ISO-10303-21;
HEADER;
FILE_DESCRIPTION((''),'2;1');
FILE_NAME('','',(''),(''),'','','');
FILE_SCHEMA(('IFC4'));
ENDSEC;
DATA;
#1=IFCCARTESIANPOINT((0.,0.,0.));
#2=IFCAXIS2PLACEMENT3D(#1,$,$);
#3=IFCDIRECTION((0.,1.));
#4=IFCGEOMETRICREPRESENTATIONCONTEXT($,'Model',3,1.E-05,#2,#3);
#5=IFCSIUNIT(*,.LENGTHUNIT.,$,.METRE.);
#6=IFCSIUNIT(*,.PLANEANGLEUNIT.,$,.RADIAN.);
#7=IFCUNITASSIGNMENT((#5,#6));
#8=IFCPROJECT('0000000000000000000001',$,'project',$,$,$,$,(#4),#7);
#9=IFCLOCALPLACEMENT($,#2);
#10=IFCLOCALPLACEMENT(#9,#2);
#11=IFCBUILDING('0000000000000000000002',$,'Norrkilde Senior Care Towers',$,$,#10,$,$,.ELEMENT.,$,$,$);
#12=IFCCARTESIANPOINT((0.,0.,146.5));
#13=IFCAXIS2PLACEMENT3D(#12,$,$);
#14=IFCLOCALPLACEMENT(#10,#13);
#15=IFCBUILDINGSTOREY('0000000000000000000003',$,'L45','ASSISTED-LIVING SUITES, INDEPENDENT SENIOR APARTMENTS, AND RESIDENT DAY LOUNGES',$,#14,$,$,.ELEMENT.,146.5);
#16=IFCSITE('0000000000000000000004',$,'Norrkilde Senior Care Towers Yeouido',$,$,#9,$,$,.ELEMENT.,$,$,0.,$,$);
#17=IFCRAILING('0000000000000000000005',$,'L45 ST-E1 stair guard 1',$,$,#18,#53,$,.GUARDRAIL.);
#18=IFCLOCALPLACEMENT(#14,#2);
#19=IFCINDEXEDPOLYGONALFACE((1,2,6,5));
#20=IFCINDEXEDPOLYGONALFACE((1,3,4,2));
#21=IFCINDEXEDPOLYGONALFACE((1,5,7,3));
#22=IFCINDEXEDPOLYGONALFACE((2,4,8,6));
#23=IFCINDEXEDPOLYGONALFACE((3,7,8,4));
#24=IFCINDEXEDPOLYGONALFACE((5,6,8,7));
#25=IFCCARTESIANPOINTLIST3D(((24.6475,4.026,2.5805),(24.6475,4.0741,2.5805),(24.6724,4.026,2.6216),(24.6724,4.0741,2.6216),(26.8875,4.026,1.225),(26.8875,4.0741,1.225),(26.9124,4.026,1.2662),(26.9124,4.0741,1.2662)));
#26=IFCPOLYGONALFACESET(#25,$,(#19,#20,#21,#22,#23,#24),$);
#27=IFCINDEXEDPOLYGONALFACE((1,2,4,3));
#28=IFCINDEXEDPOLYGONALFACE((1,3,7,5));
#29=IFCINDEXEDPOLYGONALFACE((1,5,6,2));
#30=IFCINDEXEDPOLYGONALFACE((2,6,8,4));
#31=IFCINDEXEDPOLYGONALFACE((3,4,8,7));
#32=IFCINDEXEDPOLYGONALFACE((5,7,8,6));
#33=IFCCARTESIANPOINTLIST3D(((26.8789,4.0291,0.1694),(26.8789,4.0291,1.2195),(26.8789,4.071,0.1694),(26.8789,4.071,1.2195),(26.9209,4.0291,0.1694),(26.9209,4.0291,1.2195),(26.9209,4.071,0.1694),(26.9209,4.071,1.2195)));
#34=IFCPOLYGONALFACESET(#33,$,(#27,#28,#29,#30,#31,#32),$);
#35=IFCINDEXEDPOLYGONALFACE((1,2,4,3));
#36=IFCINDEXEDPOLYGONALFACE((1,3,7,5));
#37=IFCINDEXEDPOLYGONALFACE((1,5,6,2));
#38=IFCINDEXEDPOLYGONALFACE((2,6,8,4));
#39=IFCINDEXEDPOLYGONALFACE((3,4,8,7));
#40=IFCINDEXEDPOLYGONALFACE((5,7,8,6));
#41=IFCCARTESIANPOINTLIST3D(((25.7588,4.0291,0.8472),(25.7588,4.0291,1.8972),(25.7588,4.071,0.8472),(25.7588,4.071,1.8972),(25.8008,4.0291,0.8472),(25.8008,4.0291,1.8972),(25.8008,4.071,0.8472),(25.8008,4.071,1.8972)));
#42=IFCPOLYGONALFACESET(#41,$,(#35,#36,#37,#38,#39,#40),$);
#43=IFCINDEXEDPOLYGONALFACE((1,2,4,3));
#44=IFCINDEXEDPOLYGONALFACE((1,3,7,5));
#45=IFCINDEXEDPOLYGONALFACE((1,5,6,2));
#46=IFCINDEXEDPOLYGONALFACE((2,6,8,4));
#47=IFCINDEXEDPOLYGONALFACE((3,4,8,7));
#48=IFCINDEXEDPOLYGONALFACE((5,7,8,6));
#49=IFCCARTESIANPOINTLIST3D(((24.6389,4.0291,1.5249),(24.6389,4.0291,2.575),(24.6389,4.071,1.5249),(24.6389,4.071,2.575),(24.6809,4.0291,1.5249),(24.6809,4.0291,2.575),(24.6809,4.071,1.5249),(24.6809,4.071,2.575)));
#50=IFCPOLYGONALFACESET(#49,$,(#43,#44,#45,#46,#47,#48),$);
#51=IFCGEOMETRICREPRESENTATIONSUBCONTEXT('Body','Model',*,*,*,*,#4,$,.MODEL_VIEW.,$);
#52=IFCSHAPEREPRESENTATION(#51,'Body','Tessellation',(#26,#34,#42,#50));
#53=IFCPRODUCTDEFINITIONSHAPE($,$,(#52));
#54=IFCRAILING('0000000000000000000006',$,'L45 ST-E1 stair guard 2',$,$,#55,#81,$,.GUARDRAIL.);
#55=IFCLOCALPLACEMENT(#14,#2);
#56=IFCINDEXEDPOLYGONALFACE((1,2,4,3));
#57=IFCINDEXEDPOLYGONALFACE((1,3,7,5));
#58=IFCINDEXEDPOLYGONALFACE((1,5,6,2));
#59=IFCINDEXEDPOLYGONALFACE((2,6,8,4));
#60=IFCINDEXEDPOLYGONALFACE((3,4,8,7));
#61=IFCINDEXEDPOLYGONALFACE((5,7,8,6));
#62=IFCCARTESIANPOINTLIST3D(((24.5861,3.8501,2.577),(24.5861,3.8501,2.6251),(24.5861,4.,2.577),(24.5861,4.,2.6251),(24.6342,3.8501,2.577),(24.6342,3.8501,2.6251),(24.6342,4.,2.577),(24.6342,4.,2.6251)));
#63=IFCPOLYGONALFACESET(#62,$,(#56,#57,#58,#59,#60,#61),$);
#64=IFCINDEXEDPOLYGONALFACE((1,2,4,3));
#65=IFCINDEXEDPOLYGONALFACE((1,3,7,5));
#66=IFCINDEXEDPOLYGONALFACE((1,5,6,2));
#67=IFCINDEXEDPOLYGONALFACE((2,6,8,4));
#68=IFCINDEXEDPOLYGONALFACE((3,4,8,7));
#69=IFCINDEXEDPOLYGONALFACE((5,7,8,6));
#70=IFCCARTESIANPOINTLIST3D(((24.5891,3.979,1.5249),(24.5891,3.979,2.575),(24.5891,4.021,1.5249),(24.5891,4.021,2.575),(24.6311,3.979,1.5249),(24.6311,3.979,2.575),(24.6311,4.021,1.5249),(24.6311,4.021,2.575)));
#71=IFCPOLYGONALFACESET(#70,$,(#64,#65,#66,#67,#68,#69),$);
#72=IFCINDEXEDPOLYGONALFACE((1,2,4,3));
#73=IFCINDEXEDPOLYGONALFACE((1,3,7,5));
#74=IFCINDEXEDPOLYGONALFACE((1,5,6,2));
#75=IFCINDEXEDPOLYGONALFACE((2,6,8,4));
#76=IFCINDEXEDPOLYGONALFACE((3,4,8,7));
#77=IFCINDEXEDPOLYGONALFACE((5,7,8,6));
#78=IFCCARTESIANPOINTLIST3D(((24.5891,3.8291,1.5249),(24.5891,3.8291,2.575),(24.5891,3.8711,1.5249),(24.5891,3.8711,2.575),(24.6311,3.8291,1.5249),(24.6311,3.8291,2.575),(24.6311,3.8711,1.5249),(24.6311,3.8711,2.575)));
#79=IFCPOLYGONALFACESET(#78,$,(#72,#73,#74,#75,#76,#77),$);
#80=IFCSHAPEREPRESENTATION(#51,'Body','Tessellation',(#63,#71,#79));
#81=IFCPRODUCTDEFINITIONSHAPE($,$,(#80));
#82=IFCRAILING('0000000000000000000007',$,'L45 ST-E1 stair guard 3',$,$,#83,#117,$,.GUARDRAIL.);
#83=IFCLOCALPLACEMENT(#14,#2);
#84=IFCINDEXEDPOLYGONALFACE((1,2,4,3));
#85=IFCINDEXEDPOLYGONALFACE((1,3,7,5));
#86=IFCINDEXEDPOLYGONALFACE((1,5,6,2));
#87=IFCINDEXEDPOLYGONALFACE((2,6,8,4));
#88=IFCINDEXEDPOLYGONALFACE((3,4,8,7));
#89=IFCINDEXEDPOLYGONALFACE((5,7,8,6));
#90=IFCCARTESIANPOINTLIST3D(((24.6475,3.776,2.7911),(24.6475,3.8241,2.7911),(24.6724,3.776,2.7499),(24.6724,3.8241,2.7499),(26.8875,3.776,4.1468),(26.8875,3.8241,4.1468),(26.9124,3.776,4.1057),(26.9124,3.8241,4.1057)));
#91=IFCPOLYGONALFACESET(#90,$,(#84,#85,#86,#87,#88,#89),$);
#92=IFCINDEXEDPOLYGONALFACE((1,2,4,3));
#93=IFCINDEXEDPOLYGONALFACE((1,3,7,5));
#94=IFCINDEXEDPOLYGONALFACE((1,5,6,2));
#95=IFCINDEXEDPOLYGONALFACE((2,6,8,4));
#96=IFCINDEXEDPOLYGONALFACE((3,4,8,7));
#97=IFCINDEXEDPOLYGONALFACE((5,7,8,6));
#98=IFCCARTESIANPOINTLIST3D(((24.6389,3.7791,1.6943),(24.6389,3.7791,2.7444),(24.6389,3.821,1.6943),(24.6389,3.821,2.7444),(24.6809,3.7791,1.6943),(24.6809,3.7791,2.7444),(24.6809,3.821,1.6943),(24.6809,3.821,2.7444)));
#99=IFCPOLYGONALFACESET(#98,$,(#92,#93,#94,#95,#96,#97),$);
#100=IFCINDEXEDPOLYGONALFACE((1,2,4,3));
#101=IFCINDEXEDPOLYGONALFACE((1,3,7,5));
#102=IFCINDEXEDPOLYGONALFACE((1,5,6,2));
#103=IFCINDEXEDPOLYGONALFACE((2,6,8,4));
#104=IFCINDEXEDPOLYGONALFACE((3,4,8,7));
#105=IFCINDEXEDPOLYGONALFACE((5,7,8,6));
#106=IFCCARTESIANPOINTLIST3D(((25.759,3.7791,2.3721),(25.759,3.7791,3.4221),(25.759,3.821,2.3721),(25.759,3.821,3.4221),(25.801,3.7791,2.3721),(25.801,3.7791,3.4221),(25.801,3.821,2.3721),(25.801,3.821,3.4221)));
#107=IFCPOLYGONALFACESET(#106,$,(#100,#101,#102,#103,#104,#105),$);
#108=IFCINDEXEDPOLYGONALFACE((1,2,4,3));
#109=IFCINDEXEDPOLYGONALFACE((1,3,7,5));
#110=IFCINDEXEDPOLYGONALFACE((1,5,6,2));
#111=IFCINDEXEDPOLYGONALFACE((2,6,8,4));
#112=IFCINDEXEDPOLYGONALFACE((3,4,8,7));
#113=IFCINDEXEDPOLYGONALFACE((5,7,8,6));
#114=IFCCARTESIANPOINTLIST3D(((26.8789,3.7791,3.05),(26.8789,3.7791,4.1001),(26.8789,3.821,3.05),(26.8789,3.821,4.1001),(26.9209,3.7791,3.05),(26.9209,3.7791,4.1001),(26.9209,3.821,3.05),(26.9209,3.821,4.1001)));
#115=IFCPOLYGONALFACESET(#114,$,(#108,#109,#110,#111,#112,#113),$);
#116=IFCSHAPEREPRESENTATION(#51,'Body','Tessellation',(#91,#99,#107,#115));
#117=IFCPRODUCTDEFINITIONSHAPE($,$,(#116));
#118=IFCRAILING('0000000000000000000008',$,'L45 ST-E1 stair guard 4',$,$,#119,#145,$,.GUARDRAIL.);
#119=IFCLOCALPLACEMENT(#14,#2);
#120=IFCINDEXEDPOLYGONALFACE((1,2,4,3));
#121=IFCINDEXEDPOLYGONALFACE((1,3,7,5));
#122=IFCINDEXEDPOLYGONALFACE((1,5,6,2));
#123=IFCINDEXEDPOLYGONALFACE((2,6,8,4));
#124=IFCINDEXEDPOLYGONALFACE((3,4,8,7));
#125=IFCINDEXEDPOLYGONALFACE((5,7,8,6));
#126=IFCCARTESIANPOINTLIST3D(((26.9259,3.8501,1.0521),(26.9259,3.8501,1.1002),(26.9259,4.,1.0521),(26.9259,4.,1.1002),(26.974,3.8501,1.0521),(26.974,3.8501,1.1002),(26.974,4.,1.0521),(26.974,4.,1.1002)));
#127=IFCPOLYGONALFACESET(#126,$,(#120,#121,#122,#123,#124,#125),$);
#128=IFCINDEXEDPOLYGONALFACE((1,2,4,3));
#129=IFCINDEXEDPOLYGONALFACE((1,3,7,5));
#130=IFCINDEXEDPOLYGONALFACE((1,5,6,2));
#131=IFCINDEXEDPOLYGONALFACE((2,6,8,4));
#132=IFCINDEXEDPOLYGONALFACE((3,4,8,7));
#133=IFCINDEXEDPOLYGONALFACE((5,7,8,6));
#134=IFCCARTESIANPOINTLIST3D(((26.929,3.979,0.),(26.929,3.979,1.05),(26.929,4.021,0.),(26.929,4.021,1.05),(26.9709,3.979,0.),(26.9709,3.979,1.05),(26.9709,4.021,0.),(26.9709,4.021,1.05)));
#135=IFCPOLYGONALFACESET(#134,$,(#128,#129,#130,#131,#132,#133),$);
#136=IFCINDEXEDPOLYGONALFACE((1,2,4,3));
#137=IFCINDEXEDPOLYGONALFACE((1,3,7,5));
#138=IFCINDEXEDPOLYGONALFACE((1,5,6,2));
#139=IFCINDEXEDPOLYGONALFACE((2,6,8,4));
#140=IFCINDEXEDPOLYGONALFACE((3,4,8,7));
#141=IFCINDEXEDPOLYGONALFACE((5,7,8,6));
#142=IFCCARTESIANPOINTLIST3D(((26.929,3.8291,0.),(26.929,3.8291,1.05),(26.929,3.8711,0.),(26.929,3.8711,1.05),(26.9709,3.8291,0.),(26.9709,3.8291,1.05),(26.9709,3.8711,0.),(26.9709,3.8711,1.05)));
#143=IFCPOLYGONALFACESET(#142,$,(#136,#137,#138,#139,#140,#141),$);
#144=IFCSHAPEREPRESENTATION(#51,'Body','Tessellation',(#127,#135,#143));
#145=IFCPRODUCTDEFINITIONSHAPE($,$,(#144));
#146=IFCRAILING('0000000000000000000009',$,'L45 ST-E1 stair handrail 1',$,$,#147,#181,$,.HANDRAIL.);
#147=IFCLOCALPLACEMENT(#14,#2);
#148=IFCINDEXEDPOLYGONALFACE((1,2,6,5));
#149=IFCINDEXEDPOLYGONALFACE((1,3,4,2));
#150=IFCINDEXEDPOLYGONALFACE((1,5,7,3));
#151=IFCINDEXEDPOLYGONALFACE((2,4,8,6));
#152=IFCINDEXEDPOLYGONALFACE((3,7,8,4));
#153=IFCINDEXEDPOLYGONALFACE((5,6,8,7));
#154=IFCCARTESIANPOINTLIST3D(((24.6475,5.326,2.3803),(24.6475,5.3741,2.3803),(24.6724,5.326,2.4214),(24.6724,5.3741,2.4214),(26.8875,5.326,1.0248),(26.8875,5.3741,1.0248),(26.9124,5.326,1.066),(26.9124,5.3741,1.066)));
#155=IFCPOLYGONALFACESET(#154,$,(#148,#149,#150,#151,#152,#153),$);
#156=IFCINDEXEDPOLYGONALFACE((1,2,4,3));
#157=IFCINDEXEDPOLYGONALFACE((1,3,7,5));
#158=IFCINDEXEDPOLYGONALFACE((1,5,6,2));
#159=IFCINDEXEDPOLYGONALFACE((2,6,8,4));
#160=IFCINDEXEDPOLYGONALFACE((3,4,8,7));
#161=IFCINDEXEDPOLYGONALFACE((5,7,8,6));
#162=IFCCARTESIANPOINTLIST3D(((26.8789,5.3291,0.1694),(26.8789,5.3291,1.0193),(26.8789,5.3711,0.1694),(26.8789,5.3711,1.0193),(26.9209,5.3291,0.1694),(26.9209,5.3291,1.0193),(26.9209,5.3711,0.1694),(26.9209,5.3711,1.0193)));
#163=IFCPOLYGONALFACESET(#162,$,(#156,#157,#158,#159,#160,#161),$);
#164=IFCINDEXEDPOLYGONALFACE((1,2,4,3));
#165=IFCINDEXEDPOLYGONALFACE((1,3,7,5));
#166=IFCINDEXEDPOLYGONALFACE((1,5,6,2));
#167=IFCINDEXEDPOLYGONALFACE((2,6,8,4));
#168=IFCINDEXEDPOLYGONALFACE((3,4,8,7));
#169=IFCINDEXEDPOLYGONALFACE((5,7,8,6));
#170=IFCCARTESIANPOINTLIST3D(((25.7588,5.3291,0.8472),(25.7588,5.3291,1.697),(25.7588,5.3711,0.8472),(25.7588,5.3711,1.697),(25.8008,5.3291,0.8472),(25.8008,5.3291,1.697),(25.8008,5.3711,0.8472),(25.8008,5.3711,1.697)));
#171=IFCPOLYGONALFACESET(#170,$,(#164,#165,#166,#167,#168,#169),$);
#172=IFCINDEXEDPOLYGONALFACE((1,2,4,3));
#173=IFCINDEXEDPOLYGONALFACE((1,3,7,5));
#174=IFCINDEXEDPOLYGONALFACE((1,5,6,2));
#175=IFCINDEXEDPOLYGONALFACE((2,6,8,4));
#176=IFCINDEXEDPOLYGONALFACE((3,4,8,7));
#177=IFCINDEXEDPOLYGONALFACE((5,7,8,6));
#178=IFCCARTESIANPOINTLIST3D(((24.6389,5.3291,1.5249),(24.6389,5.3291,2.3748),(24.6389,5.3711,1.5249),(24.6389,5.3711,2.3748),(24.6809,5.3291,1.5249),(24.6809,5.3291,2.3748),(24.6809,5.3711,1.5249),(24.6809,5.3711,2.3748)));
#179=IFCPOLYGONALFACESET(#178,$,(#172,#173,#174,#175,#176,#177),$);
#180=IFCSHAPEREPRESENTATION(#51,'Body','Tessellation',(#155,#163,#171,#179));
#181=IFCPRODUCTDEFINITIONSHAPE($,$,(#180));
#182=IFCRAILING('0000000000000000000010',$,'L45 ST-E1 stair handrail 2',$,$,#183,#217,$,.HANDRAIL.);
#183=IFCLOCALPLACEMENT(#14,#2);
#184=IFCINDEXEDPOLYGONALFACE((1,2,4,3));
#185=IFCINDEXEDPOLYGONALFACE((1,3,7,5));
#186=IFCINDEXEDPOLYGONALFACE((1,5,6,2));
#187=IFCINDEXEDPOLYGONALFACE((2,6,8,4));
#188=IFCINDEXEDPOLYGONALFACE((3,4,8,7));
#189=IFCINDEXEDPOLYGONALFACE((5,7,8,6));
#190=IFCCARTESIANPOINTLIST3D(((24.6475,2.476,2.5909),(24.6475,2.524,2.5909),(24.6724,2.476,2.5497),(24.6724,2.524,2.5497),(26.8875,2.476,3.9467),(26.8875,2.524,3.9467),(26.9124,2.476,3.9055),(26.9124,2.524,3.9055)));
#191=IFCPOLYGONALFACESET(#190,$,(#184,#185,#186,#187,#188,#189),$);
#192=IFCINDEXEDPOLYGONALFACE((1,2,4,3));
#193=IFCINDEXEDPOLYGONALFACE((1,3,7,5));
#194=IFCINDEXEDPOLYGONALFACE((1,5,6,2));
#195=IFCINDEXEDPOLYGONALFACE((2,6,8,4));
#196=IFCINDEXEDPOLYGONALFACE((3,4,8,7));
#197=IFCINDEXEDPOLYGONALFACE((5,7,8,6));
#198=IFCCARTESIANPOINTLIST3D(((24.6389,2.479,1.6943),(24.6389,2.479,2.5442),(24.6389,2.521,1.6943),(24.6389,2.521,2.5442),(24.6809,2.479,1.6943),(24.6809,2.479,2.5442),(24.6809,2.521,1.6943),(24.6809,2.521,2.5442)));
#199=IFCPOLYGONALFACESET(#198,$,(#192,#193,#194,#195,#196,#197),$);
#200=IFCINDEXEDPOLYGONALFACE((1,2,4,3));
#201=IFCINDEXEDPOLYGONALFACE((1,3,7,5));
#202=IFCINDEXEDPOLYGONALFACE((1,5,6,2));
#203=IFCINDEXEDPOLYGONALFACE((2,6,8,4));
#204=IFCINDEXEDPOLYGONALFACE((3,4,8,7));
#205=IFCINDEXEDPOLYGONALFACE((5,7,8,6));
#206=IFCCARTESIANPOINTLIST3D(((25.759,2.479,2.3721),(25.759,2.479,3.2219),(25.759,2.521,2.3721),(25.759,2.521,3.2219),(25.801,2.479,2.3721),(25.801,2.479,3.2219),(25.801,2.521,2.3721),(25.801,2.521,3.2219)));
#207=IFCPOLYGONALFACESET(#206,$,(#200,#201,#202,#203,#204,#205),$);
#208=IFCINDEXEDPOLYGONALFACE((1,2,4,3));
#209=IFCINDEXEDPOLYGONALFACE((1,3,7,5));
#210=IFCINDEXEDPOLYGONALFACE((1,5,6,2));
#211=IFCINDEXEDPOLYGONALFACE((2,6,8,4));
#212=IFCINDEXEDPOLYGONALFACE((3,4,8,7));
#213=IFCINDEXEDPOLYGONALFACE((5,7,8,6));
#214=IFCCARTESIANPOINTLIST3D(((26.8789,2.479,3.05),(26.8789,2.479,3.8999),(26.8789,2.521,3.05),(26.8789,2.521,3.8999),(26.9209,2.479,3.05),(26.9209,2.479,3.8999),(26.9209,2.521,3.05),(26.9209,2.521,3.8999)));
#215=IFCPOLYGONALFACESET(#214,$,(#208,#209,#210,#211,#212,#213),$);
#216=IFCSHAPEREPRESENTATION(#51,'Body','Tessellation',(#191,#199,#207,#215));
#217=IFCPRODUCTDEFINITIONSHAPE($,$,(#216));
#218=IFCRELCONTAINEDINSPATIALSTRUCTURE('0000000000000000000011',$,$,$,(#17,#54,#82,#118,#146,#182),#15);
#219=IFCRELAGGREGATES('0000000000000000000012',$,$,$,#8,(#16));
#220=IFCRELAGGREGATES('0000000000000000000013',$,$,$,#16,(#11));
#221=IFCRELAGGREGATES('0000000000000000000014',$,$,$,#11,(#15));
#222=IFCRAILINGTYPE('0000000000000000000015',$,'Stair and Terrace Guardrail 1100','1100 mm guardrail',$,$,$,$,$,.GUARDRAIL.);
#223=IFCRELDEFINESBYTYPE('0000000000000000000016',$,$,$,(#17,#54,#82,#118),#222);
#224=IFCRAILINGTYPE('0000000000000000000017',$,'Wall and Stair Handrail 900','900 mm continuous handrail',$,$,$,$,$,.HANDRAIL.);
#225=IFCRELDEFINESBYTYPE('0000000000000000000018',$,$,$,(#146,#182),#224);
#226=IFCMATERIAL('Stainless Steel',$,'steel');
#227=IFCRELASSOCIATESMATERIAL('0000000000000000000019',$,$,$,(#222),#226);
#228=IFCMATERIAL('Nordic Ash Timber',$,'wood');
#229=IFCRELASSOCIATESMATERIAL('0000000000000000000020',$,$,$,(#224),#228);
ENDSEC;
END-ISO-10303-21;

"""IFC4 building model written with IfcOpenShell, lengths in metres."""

from ifc_helpers import new_model, si_unit, direction, frame, origin, origin_2d, place, context, subcontext, project, spatial, rectangle, extrude, material, type_object, element, save


model = new_model("IFC4")

# Units and contexts
model_context = context("Model", 3, precision=1e-05, world=origin(), true_north=direction((0.0, 1.0)))
body_context = subcontext(model_context, "Body", "Model", "MODEL_VIEW")
ifc_project = project(units=[si_unit("LENGTHUNIT", "METRE"), si_unit("PLANEANGLEUNIT", "RADIAN")], contexts=[model_context])

# Site, building, storey
site_placement = place(None, origin())
site = spatial("IfcSite", under=ifc_project, at=site_placement, Name="Norrkilde Senior Care Towers Yeouido", CompositionType="ELEMENT", RefElevation=0.0)
building_placement = place(site_placement, origin())
building = spatial("IfcBuilding", under=site, at=building_placement, Name="Norrkilde Senior Care Towers", CompositionType="ELEMENT")
storey_placement = place(building_placement, frame((0.0, 0.0, 146.5)))
storey = spatial("IfcBuildingStorey", under=building, at=storey_placement, Name="L45", Description="ASSISTED-LIVING SUITES, INDEPENDENT SENIOR APARTMENTS, AND RESIDENT DAY LOUNGES", CompositionType="ELEMENT", Elevation=146.5)

# Shared definitions
ifc_material_1 = material(Name="Nordic Ash Timber", Category="wood")

# Railings
ifc_material_2 = material(Name="Stainless Steel", Category="steel")
railing_type_1 = type_object("IfcRailingType", Name="Stair and Terrace Guardrail 1100", Description="1100 mm guardrail", PredefinedType="GUARDRAIL", material=ifc_material_2)
railing_1_placement = place(storey_placement, frame((26.8999, 4.05, 0.1694)))
element("IfcRailing", 1, at=railing_1_placement, inside=storey, type_object=railing_type_1, Name="L45 ST-E1 stair guard 1", PredefinedType="GUARDRAIL", context=body_context, shape_type="SweptSolid", body=[
    extrude(rectangle(XDim=0.0481, YDim=0.0481, at=origin_2d()), frame((0.0, 0.0, 1.0762), z_axis=(-0.855553, 0.0, 0.517715), x_axis=(0.0, -1.0, 0.0)), (0.0, 0.0, 1.0), 2.6182),
    extrude(rectangle(XDim=0.042, YDim=0.042, at=origin_2d()), origin(), (0.0, 0.0, 1.0), 1.05),
    extrude(rectangle(XDim=0.042, YDim=0.042, at=origin_2d()), frame((-1.1201, 0.0, 0.6777)), (0.0, 0.0, 1.0), 1.05),
    extrude(rectangle(XDim=0.042, YDim=0.042, at=origin_2d()), frame((-2.24, 0.0, 1.3555)), (0.0, 0.0, 1.0), 1.05),
])
railing_2_placement = place(storey_placement, frame((24.6101, 4.0, 1.5249)))
element("IfcRailing", 2, at=railing_2_placement, inside=storey, type_object=railing_type_1, Name="L45 ST-E1 stair guard 2", PredefinedType="GUARDRAIL", context=body_context, shape_type="SweptSolid", body=[
    extrude(rectangle(XDim=0.0481, YDim=0.0481, at=origin_2d()), frame((0.0, 0.0, 1.0762), z_axis=(0.0, -1.0, 0.0), x_axis=(1.0, 0.0, 0.0)), (0.0, 0.0, 1.0), 0.1499),
    extrude(rectangle(XDim=0.042, YDim=0.042, at=origin_2d()), origin(), (0.0, 0.0, 1.0), 1.05),
    extrude(rectangle(XDim=0.042, YDim=0.042, at=origin_2d()), frame((0.0, -0.1499, 0.0)), (0.0, 0.0, 1.0), 1.05),
])
railing_3_placement = place(storey_placement, frame((24.6599, 3.8, 1.6943)))
element("IfcRailing", 3, at=railing_3_placement, inside=storey, type_object=railing_type_1, Name="L45 ST-E1 stair guard 3", PredefinedType="GUARDRAIL", context=body_context, shape_type="SweptSolid", body=[
    extrude(rectangle(XDim=0.0481, YDim=0.0481, at=origin_2d()), frame((0.0, 0.0, 1.0762), z_axis=(0.855512, 0.0, 0.517783), x_axis=(0.0, 1.0, 0.0)), (0.0, 0.0, 1.0), 2.6184),
    extrude(rectangle(XDim=0.042, YDim=0.042, at=origin_2d()), origin(), (0.0, 0.0, 1.0), 1.05),
    extrude(rectangle(XDim=0.042, YDim=0.042, at=origin_2d()), frame((1.1201, 0.0, 0.6777)), (0.0, 0.0, 1.0), 1.05),
    extrude(rectangle(XDim=0.042, YDim=0.042, at=origin_2d()), frame((2.24, 0.0, 1.3557)), (0.0, 0.0, 1.0), 1.05),
])
railing_4_placement = place(storey_placement, frame((26.95, 4.0, 0.0)))
element("IfcRailing", 4, at=railing_4_placement, inside=storey, type_object=railing_type_1, Name="L45 ST-E1 stair guard 4", PredefinedType="GUARDRAIL", context=body_context, shape_type="SweptSolid", body=[
    extrude(rectangle(XDim=0.0481, YDim=0.0481, at=origin_2d()), frame((0.0, 0.0, 1.0762), z_axis=(0.0, -1.0, 0.0), x_axis=(1.0, 0.0, 0.0)), (0.0, 0.0, 1.0), 0.1499),
    extrude(rectangle(XDim=0.042, YDim=0.042, at=origin_2d()), origin(), (0.0, 0.0, 1.0), 1.05),
    extrude(rectangle(XDim=0.042, YDim=0.042, at=origin_2d()), frame((0.0, -0.1499, 0.0)), (0.0, 0.0, 1.0), 1.05),
])
railing_type_2 = type_object("IfcRailingType", Name="Wall and Stair Handrail 900", Description="900 mm continuous handrail", PredefinedType="HANDRAIL", material=ifc_material_1)
railing_5_placement = place(storey_placement, frame((26.8999, 5.3501, 0.1694)))
element("IfcRailing", 5, at=railing_5_placement, inside=storey, type_object=railing_type_2, Name="L45 ST-E1 stair handrail 1", PredefinedType="HANDRAIL", context=body_context, shape_type="SweptSolid", body=[
    extrude(rectangle(XDim=0.0481, YDim=0.0481, at=origin_2d()), frame((0.0, 0.0, 0.876), z_axis=(-0.855553, 0.0, 0.517715), x_axis=(0.0, -1.0, 0.0)), (0.0, 0.0, 1.0), 2.6182),
    extrude(rectangle(XDim=0.042, YDim=0.042, at=origin_2d()), origin(), (0.0, 0.0, 1.0), 0.8499),
    extrude(rectangle(XDim=0.042, YDim=0.042, at=origin_2d()), frame((-1.1201, 0.0, 0.6777)), (0.0, 0.0, 1.0), 0.8499),
    extrude(rectangle(XDim=0.042, YDim=0.042, at=origin_2d()), frame((-2.24, 0.0, 1.3555)), (0.0, 0.0, 1.0), 0.8499),
])
railing_6_placement = place(storey_placement, frame((24.6599, 2.5, 1.6943)))
element("IfcRailing", 6, at=railing_6_placement, inside=storey, type_object=railing_type_2, Name="L45 ST-E1 stair handrail 2", PredefinedType="HANDRAIL", context=body_context, shape_type="SweptSolid", body=[
    extrude(rectangle(XDim=0.0481, YDim=0.0481, at=origin_2d()), frame((0.0, 0.0, 0.876), z_axis=(0.855512, 0.0, 0.517783), x_axis=(0.0, 1.0, 0.0)), (0.0, 0.0, 1.0), 2.6184),
    extrude(rectangle(XDim=0.042, YDim=0.042, at=origin_2d()), origin(), (0.0, 0.0, 1.0), 0.8499),
    extrude(rectangle(XDim=0.042, YDim=0.042, at=origin_2d()), frame((1.1201, 0.0, 0.6777)), (0.0, 0.0, 1.0), 0.8499),
    extrude(rectangle(XDim=0.042, YDim=0.042, at=origin_2d()), frame((2.24, 0.0, 1.3557)), (0.0, 0.0, 1.0), 0.8499),
])

save(model, "model.ifc")
